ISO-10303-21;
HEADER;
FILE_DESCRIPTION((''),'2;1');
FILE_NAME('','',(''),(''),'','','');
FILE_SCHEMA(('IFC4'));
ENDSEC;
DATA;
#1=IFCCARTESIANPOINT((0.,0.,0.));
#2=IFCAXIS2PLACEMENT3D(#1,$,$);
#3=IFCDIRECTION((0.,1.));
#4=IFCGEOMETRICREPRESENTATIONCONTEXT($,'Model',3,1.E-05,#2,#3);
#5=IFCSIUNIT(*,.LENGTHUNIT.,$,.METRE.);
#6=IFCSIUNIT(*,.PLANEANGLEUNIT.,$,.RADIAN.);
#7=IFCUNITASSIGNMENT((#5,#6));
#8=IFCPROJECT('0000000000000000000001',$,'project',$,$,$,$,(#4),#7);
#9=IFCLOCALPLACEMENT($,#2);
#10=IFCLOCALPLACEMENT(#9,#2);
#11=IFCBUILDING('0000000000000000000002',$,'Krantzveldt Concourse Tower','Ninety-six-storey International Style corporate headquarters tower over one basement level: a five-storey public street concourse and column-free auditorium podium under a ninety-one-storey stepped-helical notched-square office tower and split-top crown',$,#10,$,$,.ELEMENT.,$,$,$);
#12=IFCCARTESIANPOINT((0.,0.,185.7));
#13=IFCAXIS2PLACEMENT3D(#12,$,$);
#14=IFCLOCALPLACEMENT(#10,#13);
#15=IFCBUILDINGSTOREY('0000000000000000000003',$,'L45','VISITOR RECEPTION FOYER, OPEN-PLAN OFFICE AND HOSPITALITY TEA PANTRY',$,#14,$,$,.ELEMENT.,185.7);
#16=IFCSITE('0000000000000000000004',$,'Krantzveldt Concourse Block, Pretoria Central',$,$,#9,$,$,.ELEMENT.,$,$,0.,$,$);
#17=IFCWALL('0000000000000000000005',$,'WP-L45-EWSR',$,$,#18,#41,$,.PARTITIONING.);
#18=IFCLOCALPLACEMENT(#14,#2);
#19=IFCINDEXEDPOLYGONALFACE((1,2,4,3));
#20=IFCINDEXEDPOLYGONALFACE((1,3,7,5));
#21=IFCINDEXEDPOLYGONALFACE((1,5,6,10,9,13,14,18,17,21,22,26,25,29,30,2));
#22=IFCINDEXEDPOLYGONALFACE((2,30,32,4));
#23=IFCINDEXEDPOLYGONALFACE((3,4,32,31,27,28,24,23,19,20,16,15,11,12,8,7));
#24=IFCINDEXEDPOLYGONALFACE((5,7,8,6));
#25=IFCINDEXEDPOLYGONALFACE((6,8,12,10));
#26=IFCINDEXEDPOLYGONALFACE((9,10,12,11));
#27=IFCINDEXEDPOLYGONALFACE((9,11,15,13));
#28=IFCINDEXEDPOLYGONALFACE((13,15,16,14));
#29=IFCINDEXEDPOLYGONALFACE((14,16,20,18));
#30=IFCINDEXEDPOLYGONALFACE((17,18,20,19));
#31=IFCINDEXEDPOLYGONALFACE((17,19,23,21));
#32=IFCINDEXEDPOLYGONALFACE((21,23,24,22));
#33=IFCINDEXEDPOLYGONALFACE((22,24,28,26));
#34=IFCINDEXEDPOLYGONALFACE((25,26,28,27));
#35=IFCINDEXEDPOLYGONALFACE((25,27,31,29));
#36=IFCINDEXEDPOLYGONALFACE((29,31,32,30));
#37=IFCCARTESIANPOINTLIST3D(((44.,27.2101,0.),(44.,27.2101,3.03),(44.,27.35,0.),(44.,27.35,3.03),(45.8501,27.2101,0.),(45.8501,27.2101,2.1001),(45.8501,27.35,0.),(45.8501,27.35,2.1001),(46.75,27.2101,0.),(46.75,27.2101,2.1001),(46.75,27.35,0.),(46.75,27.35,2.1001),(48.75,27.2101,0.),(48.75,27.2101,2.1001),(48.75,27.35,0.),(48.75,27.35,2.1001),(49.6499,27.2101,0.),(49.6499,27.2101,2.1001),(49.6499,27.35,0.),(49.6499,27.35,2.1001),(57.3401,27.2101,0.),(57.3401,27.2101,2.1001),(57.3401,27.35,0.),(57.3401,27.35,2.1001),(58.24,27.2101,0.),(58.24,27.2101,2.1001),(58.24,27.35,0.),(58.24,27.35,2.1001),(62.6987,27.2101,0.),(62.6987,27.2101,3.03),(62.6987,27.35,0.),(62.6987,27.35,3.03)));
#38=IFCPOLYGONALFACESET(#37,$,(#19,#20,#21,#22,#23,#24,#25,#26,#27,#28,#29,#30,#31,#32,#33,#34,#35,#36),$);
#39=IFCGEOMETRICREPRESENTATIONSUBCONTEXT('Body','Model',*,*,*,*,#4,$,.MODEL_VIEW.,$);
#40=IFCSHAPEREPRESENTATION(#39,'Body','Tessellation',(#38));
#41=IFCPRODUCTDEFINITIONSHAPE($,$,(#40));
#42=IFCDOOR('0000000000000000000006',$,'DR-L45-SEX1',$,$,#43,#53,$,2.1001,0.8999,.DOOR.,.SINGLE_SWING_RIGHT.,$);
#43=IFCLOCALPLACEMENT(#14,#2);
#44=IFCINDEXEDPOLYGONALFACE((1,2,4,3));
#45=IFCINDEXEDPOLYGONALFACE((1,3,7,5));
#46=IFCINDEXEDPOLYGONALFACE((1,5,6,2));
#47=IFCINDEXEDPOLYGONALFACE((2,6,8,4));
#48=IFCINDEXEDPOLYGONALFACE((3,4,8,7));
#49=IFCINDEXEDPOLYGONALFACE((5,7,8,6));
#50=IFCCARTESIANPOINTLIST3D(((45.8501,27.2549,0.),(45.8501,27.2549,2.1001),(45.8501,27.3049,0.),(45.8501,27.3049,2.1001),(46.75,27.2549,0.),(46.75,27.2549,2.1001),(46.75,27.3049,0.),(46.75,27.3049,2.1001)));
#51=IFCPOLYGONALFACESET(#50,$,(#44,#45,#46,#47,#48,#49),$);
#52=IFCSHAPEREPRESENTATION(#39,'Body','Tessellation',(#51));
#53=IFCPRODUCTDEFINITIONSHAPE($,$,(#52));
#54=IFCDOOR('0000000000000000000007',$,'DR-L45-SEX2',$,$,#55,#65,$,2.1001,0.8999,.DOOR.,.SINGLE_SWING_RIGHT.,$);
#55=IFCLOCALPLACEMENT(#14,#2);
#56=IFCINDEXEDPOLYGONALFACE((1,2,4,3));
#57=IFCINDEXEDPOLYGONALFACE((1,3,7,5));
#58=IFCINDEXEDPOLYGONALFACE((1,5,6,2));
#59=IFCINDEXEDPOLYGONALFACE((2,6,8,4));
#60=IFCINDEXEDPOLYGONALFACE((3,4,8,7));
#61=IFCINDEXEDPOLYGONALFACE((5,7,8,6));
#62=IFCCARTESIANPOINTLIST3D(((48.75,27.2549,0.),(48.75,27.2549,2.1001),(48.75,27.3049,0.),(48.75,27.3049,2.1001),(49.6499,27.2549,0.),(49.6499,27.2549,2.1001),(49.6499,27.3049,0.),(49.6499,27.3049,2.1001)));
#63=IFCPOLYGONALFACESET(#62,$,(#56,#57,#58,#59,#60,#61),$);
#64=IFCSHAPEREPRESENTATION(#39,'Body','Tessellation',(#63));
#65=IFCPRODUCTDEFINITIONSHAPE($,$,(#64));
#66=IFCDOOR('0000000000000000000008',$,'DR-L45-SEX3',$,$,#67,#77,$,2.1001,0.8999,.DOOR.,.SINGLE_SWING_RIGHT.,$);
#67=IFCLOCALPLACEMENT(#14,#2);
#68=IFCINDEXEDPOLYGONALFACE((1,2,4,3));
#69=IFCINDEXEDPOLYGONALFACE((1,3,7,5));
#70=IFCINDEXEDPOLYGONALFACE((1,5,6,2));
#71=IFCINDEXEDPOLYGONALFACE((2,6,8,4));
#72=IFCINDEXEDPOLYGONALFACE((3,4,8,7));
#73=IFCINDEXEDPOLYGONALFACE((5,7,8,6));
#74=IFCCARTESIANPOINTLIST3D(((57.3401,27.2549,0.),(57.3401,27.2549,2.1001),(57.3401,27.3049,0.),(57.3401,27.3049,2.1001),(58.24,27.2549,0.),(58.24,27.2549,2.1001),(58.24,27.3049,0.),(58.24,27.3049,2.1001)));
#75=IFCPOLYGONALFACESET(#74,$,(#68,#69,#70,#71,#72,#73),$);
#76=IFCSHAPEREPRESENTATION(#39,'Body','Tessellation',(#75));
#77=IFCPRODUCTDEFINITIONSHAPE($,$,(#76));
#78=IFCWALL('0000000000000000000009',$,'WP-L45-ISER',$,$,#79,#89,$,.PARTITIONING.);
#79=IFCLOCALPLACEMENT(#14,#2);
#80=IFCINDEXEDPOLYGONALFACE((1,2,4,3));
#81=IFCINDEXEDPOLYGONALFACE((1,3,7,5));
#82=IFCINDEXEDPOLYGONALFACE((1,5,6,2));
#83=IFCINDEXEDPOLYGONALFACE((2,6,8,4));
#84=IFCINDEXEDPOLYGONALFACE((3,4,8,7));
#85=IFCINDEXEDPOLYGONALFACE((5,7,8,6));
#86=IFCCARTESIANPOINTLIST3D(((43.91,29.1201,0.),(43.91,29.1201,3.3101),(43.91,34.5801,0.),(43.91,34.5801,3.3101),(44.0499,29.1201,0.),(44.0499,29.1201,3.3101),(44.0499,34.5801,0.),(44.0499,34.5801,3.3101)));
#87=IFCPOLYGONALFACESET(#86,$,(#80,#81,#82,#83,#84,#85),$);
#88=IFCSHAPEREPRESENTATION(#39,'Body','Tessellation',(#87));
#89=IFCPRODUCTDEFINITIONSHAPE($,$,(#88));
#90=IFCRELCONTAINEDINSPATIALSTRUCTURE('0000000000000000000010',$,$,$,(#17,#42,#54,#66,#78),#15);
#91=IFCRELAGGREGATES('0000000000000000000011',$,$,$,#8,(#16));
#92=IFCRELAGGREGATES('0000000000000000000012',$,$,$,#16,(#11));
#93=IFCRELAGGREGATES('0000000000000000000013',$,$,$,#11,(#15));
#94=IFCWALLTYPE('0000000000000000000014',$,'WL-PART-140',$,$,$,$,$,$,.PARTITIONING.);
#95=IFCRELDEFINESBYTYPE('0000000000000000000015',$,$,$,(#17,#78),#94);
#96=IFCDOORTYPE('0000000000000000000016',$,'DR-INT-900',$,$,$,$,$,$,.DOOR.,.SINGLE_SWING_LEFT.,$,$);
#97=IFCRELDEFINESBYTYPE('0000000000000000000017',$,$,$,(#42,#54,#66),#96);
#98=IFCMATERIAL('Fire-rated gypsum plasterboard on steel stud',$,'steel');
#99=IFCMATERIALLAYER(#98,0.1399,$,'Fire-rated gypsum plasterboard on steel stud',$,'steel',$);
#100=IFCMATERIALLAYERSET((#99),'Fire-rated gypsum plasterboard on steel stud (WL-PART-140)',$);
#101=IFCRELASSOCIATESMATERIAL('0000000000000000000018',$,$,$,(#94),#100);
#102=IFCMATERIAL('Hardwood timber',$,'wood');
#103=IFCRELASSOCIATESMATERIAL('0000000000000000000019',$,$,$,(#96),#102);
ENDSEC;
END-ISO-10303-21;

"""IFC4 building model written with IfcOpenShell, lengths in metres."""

from ifc_helpers import new_model, si_unit, direction, frame, frame_2d, origin, place, context, subcontext, project, spatial, rectangle, extrude, material, layer, layer_set, type_object, element, fill, save


model = new_model("IFC4")

# Units and contexts
model_context = context("Model", 3, precision=1e-05, world=origin(), true_north=direction((0.0, 1.0)))
body_context = subcontext(model_context, "Body", "Model", "MODEL_VIEW")
ifc_project = project(units=[si_unit("LENGTHUNIT", "METRE"), si_unit("PLANEANGLEUNIT", "RADIAN")], contexts=[model_context])

# Site, building, storey
site_placement = place(None, origin())
site = spatial("IfcSite", under=ifc_project, at=site_placement, Name="Krantzveldt Concourse Block, Pretoria Central", CompositionType="ELEMENT", RefElevation=0.0)
building_placement = place(site_placement, origin())
building = spatial("IfcBuilding", under=site, at=building_placement, Name="Krantzveldt Concourse Tower", Description="Ninety-six-storey International Style corporate headquarters tower over one basement level: a five-storey public street concourse and column-free auditorium podium under a ninety-one-storey stepped-helical notched-square office tower and split-top crown", CompositionType="ELEMENT")
storey_placement = place(building_placement, frame((0.0, 0.0, 185.7)))
storey = spatial("IfcBuildingStorey", under=building, at=storey_placement, Name="L45", Description="VISITOR RECEPTION FOYER, OPEN-PLAN OFFICE AND HOSPITALITY TEA PANTRY", CompositionType="ELEMENT", Elevation=185.7)

# Wall, openings, doors
ifc_material_1 = material(Name="Fire-rated gypsum plasterboard on steel stud", Category="steel")
ifc_layer = layer(ifc_material_1, 0.1399, Name="Fire-rated gypsum plasterboard on steel stud", Category="steel")
ifc_layer_set = layer_set([ifc_layer], Name="Fire-rated gypsum plasterboard on steel stud (WL-PART-140)")
wall_type = type_object("IfcWallType", Name="WL-PART-140", PredefinedType="PARTITIONING", material=ifc_layer_set)
ifc_material_2 = material(Name="Hardwood timber", Category="wood")
door_type_1 = type_object("IfcDoorType", Name="DR-INT-900", OperationType="SINGLE_SWING_LEFT", PredefinedType="DOOR", material=ifc_material_2)
wall_1_placement = place(storey_placement, frame((44.0, 27.28, 0.0), z_axis=(0.0, 0.0, 1.0), x_axis=(1.0, 0.0, 0.0)))
wall_1 = element("IfcWall", 1, at=wall_1_placement, inside=storey, type_object=wall_type, Name="WP-L45-EWSR", PredefinedType="PARTITIONING", context=body_context, shape_type="SweptSolid", body=[
    extrude(rectangle(XDim=18.6987, YDim=0.1399, at=frame_2d((9.3494, 0.0))), origin(), (0.0, 0.0, 1.0), 3.03),
])
opening_1_placement = place(wall_1_placement, frame((1.8501, 0.0, 0.0)))
opening_1 = element("IfcOpeningElement", 2, at=opening_1_placement, cuts=wall_1, PredefinedType="OPENING", context=body_context, shape_type="SweptSolid", body=[
    extrude(rectangle(XDim=0.8999, YDim=2.1001, at=frame_2d((0.45, 1.05))), frame((0.0, 0.0801, 0.0), z_axis=(0.0, -1.0, 0.0), x_axis=(1.0, 0.0, 0.0)), (0.0, 0.0, 1.0), 0.1599),
])
opening_2_placement = place(wall_1_placement, frame((4.75, 0.0, 0.0)))
opening_2 = element("IfcOpeningElement", 3, at=opening_2_placement, cuts=wall_1, PredefinedType="OPENING", context=body_context, shape_type="SweptSolid", body=[
    extrude(rectangle(XDim=0.8999, YDim=2.1001, at=frame_2d((0.45, 1.05))), frame((0.0, 0.0801, 0.0), z_axis=(0.0, -1.0, 0.0), x_axis=(1.0, 0.0, 0.0)), (0.0, 0.0, 1.0), 0.1599),
])
opening_3_placement = place(wall_1_placement, frame((13.3401, 0.0, 0.0)))
opening_3 = element("IfcOpeningElement", 4, at=opening_3_placement, cuts=wall_1, PredefinedType="OPENING", context=body_context, shape_type="SweptSolid", body=[
    extrude(rectangle(XDim=0.8999, YDim=2.1001, at=frame_2d((0.45, 1.05))), frame((0.0, 0.0801, 0.0), z_axis=(0.0, -1.0, 0.0), x_axis=(1.0, 0.0, 0.0)), (0.0, 0.0, 1.0), 0.1599),
])
door_1_placement = place(opening_1_placement, origin())
door_1 = element("IfcDoor", 5, at=door_1_placement, inside=storey, type_object=door_type_1, Name="DR-L45-SEX1", OperationType="SINGLE_SWING_RIGHT", OverallHeight=2.1001, OverallWidth=0.8999, PredefinedType="DOOR", context=body_context, shape_type="SweptSolid", body=[
    extrude(rectangle(XDim=0.8999, YDim=2.1001, at=frame_2d((0.45, 1.05))), frame((0.0, 0.0249, 0.0), z_axis=(0.0, -1.0, 0.0), x_axis=(1.0, 0.0, 0.0)), (0.0, 0.0, 1.0), 0.05),
])
fill(opening_1, door_1)
door_2_placement = place(opening_2_placement, origin())
door_2 = element("IfcDoor", 6, at=door_2_placement, inside=storey, type_object=door_type_1, Name="DR-L45-SEX2", OperationType="SINGLE_SWING_RIGHT", OverallHeight=2.1001, OverallWidth=0.8999, PredefinedType="DOOR", context=body_context, shape_type="SweptSolid", body=[
    extrude(rectangle(XDim=0.8999, YDim=2.1001, at=frame_2d((0.45, 1.05))), frame((0.0, 0.0249, 0.0), z_axis=(0.0, -1.0, 0.0), x_axis=(1.0, 0.0, 0.0)), (0.0, 0.0, 1.0), 0.05),
])
fill(opening_2, door_2)
door_3_placement = place(opening_3_placement, origin())
door_3 = element("IfcDoor", 7, at=door_3_placement, inside=storey, type_object=door_type_1, Name="DR-L45-SEX3", OperationType="SINGLE_SWING_RIGHT", OverallHeight=2.1001, OverallWidth=0.8999, PredefinedType="DOOR", context=body_context, shape_type="SweptSolid", body=[
    extrude(rectangle(XDim=0.8999, YDim=2.1001, at=frame_2d((0.45, 1.05))), frame((0.0, 0.0249, 0.0), z_axis=(0.0, -1.0, 0.0), x_axis=(1.0, 0.0, 0.0)), (0.0, 0.0, 1.0), 0.05),
])
fill(opening_3, door_3)

# Wall
wall_2_placement = place(storey_placement, frame((43.98, 29.1201, 0.0), z_axis=(0.0, 0.0, 1.0), x_axis=(0.0, 1.0, 0.0)))
element("IfcWall", 8, at=wall_2_placement, inside=storey, type_object=wall_type, Name="WP-L45-ISER", PredefinedType="PARTITIONING", context=body_context, shape_type="SweptSolid", body=[
    extrude(rectangle(XDim=5.46, YDim=0.1399, at=frame_2d((2.73, 0.0))), origin(), (0.0, 0.0, 1.0), 3.3101),
])

save(model, "model.ifc")
